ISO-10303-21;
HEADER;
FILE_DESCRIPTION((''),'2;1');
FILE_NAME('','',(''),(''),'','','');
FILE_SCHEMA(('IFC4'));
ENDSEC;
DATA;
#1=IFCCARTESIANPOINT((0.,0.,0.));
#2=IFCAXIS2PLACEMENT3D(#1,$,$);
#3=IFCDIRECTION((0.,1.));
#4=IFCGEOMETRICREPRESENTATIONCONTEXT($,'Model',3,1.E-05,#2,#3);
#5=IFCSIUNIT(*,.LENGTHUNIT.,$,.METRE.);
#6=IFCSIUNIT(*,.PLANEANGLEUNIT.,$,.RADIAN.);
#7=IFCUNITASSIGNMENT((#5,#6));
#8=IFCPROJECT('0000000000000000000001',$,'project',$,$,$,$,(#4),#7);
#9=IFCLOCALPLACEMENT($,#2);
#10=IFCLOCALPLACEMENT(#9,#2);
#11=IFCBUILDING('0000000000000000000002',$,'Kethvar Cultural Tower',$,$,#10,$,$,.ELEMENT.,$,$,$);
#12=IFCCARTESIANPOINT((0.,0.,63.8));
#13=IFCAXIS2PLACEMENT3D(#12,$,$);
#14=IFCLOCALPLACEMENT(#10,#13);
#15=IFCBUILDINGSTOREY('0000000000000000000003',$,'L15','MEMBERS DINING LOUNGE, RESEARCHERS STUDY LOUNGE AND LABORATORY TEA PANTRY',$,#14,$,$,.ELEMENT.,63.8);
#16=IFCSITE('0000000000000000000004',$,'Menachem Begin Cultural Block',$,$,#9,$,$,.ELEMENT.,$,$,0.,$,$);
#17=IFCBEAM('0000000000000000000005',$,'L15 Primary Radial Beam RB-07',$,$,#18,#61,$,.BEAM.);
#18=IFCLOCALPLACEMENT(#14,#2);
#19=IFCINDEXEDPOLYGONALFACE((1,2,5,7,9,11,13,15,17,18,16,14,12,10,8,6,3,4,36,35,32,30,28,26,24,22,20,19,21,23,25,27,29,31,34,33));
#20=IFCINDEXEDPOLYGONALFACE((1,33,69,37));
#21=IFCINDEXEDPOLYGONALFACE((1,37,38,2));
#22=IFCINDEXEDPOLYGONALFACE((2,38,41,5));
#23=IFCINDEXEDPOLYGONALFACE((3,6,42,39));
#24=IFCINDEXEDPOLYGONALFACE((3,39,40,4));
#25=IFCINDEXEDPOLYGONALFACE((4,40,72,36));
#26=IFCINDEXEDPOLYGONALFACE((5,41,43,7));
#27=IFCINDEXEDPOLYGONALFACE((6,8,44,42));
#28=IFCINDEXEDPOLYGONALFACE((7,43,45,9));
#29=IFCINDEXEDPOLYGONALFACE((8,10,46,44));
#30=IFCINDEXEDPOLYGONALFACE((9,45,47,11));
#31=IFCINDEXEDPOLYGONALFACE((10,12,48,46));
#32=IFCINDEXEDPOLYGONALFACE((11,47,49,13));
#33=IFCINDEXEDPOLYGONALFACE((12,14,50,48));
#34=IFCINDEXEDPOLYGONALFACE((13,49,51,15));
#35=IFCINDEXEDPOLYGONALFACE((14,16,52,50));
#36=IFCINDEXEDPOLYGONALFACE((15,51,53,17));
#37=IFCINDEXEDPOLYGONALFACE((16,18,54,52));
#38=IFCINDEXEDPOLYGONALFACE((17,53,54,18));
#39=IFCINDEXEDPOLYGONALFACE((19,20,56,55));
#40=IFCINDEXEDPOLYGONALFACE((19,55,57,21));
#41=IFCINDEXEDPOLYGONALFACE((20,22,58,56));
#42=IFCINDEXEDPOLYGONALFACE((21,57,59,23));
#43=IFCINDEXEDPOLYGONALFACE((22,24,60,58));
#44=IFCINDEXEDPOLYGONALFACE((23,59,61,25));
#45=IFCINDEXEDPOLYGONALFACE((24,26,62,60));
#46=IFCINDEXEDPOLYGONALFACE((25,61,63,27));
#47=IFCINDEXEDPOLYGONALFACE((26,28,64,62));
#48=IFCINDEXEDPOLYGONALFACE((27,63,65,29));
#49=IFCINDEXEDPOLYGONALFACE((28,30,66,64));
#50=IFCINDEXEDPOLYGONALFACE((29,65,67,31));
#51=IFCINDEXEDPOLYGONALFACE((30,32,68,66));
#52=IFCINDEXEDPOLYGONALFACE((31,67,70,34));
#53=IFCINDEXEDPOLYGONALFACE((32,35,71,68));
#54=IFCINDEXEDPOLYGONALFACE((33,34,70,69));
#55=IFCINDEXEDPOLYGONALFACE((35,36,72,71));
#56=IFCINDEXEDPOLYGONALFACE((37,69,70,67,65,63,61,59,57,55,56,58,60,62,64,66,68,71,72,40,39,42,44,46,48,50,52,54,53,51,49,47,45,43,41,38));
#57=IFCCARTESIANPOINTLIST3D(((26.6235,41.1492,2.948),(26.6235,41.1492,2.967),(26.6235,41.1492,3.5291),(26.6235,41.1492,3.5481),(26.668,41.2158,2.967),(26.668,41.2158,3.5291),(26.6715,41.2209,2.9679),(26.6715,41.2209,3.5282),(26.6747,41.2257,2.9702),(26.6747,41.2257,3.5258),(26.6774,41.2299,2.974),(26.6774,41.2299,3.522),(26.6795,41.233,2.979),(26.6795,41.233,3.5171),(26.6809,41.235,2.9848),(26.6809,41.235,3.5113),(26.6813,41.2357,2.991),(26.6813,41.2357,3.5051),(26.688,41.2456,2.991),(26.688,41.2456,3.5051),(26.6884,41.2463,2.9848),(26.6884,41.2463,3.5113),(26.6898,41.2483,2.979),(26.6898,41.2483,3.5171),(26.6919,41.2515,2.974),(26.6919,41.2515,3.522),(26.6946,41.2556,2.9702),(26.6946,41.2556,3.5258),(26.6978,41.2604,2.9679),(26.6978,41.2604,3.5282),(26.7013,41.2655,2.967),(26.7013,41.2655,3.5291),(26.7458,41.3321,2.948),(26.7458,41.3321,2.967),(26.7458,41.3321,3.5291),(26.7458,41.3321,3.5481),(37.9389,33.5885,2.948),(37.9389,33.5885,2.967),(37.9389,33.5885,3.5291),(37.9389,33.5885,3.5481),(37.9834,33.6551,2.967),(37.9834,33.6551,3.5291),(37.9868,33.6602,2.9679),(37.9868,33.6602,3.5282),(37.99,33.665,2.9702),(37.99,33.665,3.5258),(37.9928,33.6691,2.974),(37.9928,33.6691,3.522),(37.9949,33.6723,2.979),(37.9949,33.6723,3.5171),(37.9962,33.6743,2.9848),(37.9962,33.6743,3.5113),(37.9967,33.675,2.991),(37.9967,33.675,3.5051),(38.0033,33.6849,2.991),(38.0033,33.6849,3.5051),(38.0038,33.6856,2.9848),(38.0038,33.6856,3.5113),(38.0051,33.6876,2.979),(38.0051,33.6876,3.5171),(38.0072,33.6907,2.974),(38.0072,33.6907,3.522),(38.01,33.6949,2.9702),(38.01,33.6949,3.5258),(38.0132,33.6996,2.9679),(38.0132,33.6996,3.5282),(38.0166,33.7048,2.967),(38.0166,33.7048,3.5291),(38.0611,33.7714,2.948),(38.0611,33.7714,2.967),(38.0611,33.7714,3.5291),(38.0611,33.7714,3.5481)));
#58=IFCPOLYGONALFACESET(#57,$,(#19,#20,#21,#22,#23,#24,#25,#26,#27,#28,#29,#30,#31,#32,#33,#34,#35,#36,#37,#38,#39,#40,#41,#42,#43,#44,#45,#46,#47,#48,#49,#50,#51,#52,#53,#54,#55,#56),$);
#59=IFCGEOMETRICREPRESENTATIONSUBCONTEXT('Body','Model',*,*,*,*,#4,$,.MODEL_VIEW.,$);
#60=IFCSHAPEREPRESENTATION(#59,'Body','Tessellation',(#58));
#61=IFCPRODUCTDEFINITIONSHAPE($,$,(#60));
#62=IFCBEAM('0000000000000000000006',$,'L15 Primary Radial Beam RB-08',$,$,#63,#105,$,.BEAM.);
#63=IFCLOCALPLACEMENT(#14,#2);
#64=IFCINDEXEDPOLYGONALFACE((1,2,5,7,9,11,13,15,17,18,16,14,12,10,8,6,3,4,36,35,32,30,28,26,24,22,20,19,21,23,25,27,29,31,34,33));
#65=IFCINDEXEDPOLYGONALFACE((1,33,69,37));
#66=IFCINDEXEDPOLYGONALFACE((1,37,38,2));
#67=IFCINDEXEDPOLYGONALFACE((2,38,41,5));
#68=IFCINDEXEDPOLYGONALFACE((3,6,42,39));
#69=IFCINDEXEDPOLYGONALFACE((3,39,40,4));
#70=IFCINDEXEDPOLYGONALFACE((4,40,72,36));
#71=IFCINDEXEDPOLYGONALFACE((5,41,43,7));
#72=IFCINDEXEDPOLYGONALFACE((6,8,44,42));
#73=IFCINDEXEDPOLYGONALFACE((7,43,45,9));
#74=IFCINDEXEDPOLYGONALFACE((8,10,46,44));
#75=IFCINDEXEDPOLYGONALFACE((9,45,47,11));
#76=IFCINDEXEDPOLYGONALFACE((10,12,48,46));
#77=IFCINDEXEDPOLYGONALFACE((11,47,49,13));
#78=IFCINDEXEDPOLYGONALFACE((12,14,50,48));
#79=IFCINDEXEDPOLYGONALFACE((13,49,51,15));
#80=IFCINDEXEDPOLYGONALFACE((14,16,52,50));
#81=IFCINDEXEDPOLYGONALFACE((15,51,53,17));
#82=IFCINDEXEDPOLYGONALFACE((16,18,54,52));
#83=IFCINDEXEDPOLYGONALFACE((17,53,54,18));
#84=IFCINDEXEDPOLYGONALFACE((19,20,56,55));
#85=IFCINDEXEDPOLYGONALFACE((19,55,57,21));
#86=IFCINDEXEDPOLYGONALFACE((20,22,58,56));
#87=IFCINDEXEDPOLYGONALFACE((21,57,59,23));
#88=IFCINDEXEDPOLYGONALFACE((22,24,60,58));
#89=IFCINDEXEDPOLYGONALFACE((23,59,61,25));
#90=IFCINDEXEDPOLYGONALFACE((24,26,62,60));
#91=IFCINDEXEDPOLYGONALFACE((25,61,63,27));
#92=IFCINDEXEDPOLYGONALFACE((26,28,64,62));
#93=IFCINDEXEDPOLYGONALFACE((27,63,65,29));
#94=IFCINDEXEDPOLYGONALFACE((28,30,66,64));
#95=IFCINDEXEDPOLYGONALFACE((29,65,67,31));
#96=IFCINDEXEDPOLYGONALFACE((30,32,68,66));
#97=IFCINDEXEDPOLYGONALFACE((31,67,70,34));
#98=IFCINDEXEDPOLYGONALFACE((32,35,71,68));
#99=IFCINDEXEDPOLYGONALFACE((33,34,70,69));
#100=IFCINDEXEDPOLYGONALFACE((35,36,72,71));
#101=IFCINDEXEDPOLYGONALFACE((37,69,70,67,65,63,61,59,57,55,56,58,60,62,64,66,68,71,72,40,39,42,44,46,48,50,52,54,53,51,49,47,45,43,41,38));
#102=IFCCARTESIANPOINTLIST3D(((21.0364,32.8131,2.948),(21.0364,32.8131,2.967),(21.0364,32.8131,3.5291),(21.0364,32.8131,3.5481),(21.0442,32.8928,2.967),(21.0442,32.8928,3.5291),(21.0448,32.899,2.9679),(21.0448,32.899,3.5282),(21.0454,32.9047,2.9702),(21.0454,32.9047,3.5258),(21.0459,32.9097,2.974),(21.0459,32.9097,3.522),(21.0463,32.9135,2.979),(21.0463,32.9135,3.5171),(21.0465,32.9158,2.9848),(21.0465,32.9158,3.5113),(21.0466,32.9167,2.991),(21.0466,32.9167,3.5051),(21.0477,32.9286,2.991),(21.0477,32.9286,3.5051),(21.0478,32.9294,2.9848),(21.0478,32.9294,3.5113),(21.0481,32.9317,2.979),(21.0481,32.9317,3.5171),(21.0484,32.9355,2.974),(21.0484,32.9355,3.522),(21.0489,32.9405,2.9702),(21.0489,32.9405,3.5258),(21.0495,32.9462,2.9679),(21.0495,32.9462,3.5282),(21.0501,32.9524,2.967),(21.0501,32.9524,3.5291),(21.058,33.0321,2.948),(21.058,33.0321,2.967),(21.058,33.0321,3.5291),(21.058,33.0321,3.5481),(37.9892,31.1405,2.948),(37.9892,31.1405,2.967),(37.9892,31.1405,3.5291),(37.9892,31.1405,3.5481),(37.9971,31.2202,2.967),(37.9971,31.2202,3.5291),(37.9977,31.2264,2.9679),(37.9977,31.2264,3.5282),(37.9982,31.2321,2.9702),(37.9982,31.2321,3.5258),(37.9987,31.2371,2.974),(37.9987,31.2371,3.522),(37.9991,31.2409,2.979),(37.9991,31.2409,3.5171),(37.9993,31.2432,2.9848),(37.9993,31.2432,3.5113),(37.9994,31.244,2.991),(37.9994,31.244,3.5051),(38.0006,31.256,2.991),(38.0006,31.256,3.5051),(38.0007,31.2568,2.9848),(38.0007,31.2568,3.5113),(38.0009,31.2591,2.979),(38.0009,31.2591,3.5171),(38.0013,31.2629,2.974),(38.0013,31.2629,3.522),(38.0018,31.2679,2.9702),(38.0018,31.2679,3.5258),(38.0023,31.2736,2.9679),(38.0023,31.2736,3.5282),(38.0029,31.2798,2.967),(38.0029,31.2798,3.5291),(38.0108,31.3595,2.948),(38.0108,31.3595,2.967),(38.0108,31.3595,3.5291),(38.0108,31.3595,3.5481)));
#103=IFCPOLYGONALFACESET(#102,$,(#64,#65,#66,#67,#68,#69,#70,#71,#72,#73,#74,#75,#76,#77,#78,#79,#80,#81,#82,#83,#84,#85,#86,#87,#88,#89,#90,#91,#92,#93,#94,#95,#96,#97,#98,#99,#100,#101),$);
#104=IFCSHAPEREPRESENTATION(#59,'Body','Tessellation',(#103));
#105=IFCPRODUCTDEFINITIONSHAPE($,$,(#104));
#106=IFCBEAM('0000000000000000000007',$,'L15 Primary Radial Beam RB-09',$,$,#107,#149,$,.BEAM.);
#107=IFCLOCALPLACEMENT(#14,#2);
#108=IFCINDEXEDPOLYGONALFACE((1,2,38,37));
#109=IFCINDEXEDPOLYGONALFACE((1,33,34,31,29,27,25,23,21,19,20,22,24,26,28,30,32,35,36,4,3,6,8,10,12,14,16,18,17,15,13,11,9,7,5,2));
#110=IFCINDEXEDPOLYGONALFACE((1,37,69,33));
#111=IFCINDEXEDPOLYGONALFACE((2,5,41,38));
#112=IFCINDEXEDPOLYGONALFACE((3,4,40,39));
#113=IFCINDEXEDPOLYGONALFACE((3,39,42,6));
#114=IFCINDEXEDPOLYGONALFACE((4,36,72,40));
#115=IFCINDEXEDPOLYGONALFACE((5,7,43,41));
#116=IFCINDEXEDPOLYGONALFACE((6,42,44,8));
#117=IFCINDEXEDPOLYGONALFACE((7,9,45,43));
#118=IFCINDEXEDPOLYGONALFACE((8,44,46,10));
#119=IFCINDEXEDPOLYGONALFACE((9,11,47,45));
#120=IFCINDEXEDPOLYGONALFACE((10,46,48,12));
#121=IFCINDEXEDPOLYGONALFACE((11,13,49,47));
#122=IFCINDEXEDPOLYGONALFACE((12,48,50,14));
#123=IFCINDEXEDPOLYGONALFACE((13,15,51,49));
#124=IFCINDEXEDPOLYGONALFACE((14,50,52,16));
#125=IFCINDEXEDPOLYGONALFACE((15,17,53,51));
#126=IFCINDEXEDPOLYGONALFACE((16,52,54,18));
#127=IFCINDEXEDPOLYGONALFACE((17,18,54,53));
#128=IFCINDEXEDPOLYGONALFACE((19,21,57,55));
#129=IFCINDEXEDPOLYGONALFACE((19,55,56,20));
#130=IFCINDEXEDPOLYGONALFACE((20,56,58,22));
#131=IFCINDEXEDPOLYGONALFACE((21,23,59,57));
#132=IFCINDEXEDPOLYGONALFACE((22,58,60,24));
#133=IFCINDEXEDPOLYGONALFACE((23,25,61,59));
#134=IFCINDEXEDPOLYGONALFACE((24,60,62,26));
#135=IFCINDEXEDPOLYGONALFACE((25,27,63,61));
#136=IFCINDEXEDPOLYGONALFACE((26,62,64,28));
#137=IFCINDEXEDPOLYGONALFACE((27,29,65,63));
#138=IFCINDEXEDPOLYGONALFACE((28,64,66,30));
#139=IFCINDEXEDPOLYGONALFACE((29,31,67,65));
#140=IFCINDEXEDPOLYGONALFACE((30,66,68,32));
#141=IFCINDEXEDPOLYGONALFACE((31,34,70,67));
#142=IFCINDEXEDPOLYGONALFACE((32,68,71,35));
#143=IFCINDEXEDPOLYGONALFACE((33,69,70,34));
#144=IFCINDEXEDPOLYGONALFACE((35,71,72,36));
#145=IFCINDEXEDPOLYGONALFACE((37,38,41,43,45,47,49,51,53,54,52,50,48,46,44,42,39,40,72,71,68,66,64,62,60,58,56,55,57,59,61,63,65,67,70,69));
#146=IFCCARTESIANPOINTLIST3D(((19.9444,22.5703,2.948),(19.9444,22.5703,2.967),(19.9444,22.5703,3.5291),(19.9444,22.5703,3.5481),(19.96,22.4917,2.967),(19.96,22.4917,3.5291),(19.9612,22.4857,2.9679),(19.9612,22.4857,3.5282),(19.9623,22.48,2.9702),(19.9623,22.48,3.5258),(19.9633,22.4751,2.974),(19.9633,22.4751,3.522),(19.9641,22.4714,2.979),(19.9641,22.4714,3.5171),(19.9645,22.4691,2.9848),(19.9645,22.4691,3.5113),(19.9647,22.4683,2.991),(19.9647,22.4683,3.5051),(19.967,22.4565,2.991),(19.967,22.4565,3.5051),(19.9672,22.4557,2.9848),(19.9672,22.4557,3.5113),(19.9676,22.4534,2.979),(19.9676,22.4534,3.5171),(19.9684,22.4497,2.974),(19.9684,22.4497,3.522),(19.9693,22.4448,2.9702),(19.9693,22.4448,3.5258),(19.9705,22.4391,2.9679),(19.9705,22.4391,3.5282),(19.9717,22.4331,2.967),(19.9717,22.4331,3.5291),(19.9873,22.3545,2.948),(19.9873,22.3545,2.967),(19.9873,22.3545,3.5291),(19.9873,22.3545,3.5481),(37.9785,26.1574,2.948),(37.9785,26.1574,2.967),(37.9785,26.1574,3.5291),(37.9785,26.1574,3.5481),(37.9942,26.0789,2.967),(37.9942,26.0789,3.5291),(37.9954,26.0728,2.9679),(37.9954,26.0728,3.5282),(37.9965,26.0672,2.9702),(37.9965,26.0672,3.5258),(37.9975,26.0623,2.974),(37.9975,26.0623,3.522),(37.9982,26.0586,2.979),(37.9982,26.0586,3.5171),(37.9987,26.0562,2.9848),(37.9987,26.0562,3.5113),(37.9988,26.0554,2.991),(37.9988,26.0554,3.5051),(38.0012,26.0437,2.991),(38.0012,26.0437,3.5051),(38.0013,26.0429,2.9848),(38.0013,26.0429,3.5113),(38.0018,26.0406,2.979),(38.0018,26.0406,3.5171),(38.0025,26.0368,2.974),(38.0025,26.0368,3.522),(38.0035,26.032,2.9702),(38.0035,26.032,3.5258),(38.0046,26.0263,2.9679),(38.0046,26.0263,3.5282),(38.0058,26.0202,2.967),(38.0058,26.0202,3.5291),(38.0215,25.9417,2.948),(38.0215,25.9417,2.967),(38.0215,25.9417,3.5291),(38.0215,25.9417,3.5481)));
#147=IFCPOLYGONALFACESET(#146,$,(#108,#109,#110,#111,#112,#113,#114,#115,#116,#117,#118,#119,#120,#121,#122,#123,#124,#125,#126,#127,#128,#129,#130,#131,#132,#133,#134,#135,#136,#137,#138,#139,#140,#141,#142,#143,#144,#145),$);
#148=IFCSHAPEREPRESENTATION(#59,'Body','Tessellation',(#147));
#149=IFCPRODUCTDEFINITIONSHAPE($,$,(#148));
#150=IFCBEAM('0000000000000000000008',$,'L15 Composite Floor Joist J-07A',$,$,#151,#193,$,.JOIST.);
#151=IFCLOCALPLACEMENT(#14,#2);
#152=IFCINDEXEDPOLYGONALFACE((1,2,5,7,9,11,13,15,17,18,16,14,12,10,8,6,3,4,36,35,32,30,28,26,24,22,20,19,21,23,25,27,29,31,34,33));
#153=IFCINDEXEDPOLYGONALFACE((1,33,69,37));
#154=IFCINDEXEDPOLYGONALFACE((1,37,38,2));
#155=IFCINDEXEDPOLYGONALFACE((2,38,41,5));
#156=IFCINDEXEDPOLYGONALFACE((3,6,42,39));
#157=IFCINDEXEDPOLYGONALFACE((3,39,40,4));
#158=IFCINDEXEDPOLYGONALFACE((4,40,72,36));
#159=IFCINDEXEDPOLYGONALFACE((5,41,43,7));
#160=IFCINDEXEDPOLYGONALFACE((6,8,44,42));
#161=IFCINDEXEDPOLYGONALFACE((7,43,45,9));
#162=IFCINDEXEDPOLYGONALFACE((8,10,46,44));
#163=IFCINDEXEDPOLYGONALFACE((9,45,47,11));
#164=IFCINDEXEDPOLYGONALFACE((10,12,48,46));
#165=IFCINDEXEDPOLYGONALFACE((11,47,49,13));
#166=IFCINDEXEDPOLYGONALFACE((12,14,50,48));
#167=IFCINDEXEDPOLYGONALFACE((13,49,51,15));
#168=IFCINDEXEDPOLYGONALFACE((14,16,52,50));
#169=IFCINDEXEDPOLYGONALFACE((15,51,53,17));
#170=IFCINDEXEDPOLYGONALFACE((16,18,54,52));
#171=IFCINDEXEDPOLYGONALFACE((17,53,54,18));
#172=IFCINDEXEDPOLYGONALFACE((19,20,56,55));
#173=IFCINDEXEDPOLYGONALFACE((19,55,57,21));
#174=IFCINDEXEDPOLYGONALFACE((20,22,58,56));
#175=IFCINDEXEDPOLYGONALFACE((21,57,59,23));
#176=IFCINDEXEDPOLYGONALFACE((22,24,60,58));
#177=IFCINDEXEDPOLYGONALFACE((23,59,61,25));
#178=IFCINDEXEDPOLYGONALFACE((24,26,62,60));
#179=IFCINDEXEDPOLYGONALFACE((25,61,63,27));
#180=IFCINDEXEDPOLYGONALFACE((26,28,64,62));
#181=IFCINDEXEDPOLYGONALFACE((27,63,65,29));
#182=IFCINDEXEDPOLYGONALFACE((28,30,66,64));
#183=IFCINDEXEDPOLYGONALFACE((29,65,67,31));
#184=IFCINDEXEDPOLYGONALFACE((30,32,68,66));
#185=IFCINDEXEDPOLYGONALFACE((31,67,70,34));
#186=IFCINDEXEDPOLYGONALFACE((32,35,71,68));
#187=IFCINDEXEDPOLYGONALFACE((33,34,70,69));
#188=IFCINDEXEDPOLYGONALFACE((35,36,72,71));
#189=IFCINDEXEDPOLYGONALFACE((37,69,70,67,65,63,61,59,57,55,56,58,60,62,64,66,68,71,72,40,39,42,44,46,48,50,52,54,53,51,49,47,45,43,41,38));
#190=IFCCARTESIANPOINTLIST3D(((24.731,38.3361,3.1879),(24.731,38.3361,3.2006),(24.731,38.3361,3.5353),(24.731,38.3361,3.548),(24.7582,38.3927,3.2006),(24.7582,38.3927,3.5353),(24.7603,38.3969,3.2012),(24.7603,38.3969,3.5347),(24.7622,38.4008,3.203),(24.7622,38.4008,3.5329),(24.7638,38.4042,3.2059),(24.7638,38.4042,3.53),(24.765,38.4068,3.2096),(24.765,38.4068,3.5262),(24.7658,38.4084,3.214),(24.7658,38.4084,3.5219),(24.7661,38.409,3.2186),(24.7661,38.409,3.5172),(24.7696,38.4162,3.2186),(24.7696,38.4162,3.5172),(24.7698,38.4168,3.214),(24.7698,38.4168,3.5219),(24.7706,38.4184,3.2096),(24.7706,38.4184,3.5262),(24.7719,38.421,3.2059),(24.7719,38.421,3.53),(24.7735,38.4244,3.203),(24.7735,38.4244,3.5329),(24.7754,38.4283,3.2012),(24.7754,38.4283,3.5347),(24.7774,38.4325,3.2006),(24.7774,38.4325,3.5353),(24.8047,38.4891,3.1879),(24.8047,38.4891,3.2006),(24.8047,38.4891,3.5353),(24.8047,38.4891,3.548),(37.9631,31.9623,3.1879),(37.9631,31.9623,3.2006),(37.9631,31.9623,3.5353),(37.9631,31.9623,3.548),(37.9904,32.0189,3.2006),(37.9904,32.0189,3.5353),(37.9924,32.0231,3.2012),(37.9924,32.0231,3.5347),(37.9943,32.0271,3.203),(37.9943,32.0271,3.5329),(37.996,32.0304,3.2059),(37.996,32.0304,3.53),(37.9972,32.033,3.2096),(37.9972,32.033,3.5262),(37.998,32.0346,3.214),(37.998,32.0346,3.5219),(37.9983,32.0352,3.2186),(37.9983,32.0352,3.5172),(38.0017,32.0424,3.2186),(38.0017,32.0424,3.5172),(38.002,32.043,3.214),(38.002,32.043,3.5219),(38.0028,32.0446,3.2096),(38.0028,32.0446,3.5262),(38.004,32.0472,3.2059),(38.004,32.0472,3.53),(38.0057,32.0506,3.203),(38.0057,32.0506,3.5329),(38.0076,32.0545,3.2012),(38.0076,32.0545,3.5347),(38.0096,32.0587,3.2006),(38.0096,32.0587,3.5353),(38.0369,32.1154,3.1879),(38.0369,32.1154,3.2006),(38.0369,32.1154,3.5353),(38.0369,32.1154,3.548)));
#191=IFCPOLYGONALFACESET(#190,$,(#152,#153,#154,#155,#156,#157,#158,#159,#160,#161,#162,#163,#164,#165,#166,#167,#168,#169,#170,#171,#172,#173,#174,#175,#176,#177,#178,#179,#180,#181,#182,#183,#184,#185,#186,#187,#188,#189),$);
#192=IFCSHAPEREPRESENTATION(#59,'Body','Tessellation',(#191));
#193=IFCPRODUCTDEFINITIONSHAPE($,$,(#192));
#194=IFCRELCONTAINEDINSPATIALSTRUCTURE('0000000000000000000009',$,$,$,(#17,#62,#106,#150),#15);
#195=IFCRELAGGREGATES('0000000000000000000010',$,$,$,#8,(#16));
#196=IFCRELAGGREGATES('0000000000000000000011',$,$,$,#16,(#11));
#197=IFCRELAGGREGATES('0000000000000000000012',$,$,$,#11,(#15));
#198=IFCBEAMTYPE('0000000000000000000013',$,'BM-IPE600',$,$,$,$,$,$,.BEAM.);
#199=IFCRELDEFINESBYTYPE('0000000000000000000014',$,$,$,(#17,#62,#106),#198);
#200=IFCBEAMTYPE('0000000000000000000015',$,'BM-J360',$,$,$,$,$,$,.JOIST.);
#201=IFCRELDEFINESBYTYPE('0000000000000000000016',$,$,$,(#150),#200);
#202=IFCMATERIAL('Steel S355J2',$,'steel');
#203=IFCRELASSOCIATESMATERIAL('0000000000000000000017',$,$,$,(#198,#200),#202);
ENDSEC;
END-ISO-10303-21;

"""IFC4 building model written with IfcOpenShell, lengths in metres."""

from ifc_helpers import new_model, si_unit, direction, frame, origin, origin_2d, place, context, subcontext, project, spatial, i_section, extrude, source, transform, mapped, material, material_profile, profile_set, type_object, element, save


model = new_model("IFC4")

# Units and contexts
model_context = context("Model", 3, precision=1e-05, world=origin(), true_north=direction((0.0, 1.0)))
body_context = subcontext(model_context, "Body", "Model", "MODEL_VIEW")
ifc_project = project(units=[si_unit("LENGTHUNIT", "METRE"), si_unit("PLANEANGLEUNIT", "RADIAN")], contexts=[model_context])

# Site, building, storey
site_placement = place(None, origin())
site = spatial("IfcSite", under=ifc_project, at=site_placement, Name="Menachem Begin Cultural Block", CompositionType="ELEMENT", RefElevation=0.0)
building_placement = place(site_placement, origin())
building = spatial("IfcBuilding", under=site, at=building_placement, Name="Kethvar Cultural Tower", CompositionType="ELEMENT")
storey_placement = place(building_placement, frame((0.0, 0.0, 63.8)))
storey = spatial("IfcBuildingStorey", under=building, at=storey_placement, Name="L15", Description="MEMBERS DINING LOUNGE, RESEARCHERS STUDY LOUNGE AND LABORATORY TEA PANTRY", CompositionType="ELEMENT", Elevation=63.8)

# Beams
ifc_material_1 = material(Name="Steel S355J2", Category="steel")
ifc_material_profile_1 = material_profile(ifc_material_1, i_section(OverallWidth=0.22, OverallDepth=0.6001, WebThickness=0.012, FlangeThickness=0.019, FilletRadius=0.0239, at=origin_2d()), Name="Steel S355J2 — IPE600")
ifc_profile_set_1 = profile_set([ifc_material_profile_1], Name="Steel S355J2 — IPE600")
beam_type_1 = type_object("IfcBeamType", Name="BM-IPE600", PredefinedType="BEAM", material=ifc_profile_set_1)
shared_shape_1 = source(origin(), body_context, "Body", "SweptSolid", [
    extrude(i_section(OverallWidth=0.22, OverallDepth=0.6001, WebThickness=0.012, FlangeThickness=0.019, FilletRadius=0.0239, at=origin_2d()), origin(), (0.0, 0.0, 1.0), 13.6089),
])
beam_1_placement = place(storey_placement, frame((38.0, 33.6799, 3.248), z_axis=(-0.831467, 0.555573, 0.0), x_axis=(-0.555573, -0.831467, 0.0)))
element("IfcBeam", 1, at=beam_1_placement, inside=storey, type_object=beam_type_1, Name="L15 Primary Radial Beam RB-07", PredefinedType="BEAM", context=body_context, shape_type="MappedRepresentation", body=[
    mapped(shared_shape_1, transform((0.0, 0.0, 0.0), scale=1.0)),
])
shared_shape_2 = source(origin(), body_context, "Body", "SweptSolid", [
    extrude(i_section(OverallWidth=0.22, OverallDepth=0.6001, WebThickness=0.012, FlangeThickness=0.019, FilletRadius=0.0239, at=origin_2d()), origin(), (0.0, 0.0, 1.0), 17.0352),
])
beam_2_placement = place(storey_placement, frame((38.0, 31.25, 3.248), z_axis=(-0.995168, 0.098185, 0.0), x_axis=(-0.098185, -0.995168, 0.0)))
element("IfcBeam", 2, at=beam_2_placement, inside=storey, type_object=beam_type_1, Name="L15 Primary Radial Beam RB-08", PredefinedType="BEAM", context=body_context, shape_type="MappedRepresentation", body=[
    mapped(shared_shape_2, transform((0.0, 0.0, 0.0), scale=1.0)),
])
shared_shape_3 = source(origin(), body_context, "Body", "SweptSolid", [
    extrude(i_section(OverallWidth=0.22, OverallDepth=0.6001, WebThickness=0.012, FlangeThickness=0.019, FilletRadius=0.0239, at=origin_2d()), origin(), (0.0, 0.0, 1.0), 18.3875),
])
beam_3_placement = place(storey_placement, frame((38.0, 26.0496, 3.248), z_axis=(-0.980786, -0.195087, 0.0), x_axis=(0.195087, -0.980786, 0.0)))
element("IfcBeam", 3, at=beam_3_placement, inside=storey, type_object=beam_type_1, Name="L15 Primary Radial Beam RB-09", PredefinedType="BEAM", context=body_context, shape_type="MappedRepresentation", body=[
    mapped(shared_shape_3, transform((0.0, 0.0, 0.0), scale=1.0)),
])
ifc_material_profile_2 = material_profile(ifc_material_1, i_section(OverallWidth=0.1699, OverallDepth=0.3601, WebThickness=0.0081, FlangeThickness=0.0127, FilletRadius=0.0181, at=origin_2d()), Name="Steel S355J2 — IPE360")
ifc_profile_set_2 = profile_set([ifc_material_profile_2], Name="Steel S355J2 — IPE360")
beam_type_2 = type_object("IfcBeamType", Name="BM-J360", PredefinedType="JOIST", material=ifc_profile_set_2)
shared_shape_4 = source(origin(), body_context, "Body", "SweptSolid", [
    extrude(i_section(OverallWidth=0.1699, OverallDepth=0.3601, WebThickness=0.0081, FlangeThickness=0.0127, FilletRadius=0.0181, at=origin_2d()), origin(), (0.0, 0.0, 1.0), 14.6873),
])
beam_4_placement = place(storey_placement, frame((38.0, 32.0388, 3.3679), z_axis=(-0.900929, 0.433967, 0.0), x_axis=(-0.433967, -0.900929, 0.0)))
element("IfcBeam", 4, at=beam_4_placement, inside=storey, type_object=beam_type_2, Name="L15 Composite Floor Joist J-07A", PredefinedType="JOIST", context=body_context, shape_type="MappedRepresentation", body=[
    mapped(shared_shape_4, transform((0.0, 0.0, 0.0), scale=1.0)),
])

save(model, "model.ifc")
